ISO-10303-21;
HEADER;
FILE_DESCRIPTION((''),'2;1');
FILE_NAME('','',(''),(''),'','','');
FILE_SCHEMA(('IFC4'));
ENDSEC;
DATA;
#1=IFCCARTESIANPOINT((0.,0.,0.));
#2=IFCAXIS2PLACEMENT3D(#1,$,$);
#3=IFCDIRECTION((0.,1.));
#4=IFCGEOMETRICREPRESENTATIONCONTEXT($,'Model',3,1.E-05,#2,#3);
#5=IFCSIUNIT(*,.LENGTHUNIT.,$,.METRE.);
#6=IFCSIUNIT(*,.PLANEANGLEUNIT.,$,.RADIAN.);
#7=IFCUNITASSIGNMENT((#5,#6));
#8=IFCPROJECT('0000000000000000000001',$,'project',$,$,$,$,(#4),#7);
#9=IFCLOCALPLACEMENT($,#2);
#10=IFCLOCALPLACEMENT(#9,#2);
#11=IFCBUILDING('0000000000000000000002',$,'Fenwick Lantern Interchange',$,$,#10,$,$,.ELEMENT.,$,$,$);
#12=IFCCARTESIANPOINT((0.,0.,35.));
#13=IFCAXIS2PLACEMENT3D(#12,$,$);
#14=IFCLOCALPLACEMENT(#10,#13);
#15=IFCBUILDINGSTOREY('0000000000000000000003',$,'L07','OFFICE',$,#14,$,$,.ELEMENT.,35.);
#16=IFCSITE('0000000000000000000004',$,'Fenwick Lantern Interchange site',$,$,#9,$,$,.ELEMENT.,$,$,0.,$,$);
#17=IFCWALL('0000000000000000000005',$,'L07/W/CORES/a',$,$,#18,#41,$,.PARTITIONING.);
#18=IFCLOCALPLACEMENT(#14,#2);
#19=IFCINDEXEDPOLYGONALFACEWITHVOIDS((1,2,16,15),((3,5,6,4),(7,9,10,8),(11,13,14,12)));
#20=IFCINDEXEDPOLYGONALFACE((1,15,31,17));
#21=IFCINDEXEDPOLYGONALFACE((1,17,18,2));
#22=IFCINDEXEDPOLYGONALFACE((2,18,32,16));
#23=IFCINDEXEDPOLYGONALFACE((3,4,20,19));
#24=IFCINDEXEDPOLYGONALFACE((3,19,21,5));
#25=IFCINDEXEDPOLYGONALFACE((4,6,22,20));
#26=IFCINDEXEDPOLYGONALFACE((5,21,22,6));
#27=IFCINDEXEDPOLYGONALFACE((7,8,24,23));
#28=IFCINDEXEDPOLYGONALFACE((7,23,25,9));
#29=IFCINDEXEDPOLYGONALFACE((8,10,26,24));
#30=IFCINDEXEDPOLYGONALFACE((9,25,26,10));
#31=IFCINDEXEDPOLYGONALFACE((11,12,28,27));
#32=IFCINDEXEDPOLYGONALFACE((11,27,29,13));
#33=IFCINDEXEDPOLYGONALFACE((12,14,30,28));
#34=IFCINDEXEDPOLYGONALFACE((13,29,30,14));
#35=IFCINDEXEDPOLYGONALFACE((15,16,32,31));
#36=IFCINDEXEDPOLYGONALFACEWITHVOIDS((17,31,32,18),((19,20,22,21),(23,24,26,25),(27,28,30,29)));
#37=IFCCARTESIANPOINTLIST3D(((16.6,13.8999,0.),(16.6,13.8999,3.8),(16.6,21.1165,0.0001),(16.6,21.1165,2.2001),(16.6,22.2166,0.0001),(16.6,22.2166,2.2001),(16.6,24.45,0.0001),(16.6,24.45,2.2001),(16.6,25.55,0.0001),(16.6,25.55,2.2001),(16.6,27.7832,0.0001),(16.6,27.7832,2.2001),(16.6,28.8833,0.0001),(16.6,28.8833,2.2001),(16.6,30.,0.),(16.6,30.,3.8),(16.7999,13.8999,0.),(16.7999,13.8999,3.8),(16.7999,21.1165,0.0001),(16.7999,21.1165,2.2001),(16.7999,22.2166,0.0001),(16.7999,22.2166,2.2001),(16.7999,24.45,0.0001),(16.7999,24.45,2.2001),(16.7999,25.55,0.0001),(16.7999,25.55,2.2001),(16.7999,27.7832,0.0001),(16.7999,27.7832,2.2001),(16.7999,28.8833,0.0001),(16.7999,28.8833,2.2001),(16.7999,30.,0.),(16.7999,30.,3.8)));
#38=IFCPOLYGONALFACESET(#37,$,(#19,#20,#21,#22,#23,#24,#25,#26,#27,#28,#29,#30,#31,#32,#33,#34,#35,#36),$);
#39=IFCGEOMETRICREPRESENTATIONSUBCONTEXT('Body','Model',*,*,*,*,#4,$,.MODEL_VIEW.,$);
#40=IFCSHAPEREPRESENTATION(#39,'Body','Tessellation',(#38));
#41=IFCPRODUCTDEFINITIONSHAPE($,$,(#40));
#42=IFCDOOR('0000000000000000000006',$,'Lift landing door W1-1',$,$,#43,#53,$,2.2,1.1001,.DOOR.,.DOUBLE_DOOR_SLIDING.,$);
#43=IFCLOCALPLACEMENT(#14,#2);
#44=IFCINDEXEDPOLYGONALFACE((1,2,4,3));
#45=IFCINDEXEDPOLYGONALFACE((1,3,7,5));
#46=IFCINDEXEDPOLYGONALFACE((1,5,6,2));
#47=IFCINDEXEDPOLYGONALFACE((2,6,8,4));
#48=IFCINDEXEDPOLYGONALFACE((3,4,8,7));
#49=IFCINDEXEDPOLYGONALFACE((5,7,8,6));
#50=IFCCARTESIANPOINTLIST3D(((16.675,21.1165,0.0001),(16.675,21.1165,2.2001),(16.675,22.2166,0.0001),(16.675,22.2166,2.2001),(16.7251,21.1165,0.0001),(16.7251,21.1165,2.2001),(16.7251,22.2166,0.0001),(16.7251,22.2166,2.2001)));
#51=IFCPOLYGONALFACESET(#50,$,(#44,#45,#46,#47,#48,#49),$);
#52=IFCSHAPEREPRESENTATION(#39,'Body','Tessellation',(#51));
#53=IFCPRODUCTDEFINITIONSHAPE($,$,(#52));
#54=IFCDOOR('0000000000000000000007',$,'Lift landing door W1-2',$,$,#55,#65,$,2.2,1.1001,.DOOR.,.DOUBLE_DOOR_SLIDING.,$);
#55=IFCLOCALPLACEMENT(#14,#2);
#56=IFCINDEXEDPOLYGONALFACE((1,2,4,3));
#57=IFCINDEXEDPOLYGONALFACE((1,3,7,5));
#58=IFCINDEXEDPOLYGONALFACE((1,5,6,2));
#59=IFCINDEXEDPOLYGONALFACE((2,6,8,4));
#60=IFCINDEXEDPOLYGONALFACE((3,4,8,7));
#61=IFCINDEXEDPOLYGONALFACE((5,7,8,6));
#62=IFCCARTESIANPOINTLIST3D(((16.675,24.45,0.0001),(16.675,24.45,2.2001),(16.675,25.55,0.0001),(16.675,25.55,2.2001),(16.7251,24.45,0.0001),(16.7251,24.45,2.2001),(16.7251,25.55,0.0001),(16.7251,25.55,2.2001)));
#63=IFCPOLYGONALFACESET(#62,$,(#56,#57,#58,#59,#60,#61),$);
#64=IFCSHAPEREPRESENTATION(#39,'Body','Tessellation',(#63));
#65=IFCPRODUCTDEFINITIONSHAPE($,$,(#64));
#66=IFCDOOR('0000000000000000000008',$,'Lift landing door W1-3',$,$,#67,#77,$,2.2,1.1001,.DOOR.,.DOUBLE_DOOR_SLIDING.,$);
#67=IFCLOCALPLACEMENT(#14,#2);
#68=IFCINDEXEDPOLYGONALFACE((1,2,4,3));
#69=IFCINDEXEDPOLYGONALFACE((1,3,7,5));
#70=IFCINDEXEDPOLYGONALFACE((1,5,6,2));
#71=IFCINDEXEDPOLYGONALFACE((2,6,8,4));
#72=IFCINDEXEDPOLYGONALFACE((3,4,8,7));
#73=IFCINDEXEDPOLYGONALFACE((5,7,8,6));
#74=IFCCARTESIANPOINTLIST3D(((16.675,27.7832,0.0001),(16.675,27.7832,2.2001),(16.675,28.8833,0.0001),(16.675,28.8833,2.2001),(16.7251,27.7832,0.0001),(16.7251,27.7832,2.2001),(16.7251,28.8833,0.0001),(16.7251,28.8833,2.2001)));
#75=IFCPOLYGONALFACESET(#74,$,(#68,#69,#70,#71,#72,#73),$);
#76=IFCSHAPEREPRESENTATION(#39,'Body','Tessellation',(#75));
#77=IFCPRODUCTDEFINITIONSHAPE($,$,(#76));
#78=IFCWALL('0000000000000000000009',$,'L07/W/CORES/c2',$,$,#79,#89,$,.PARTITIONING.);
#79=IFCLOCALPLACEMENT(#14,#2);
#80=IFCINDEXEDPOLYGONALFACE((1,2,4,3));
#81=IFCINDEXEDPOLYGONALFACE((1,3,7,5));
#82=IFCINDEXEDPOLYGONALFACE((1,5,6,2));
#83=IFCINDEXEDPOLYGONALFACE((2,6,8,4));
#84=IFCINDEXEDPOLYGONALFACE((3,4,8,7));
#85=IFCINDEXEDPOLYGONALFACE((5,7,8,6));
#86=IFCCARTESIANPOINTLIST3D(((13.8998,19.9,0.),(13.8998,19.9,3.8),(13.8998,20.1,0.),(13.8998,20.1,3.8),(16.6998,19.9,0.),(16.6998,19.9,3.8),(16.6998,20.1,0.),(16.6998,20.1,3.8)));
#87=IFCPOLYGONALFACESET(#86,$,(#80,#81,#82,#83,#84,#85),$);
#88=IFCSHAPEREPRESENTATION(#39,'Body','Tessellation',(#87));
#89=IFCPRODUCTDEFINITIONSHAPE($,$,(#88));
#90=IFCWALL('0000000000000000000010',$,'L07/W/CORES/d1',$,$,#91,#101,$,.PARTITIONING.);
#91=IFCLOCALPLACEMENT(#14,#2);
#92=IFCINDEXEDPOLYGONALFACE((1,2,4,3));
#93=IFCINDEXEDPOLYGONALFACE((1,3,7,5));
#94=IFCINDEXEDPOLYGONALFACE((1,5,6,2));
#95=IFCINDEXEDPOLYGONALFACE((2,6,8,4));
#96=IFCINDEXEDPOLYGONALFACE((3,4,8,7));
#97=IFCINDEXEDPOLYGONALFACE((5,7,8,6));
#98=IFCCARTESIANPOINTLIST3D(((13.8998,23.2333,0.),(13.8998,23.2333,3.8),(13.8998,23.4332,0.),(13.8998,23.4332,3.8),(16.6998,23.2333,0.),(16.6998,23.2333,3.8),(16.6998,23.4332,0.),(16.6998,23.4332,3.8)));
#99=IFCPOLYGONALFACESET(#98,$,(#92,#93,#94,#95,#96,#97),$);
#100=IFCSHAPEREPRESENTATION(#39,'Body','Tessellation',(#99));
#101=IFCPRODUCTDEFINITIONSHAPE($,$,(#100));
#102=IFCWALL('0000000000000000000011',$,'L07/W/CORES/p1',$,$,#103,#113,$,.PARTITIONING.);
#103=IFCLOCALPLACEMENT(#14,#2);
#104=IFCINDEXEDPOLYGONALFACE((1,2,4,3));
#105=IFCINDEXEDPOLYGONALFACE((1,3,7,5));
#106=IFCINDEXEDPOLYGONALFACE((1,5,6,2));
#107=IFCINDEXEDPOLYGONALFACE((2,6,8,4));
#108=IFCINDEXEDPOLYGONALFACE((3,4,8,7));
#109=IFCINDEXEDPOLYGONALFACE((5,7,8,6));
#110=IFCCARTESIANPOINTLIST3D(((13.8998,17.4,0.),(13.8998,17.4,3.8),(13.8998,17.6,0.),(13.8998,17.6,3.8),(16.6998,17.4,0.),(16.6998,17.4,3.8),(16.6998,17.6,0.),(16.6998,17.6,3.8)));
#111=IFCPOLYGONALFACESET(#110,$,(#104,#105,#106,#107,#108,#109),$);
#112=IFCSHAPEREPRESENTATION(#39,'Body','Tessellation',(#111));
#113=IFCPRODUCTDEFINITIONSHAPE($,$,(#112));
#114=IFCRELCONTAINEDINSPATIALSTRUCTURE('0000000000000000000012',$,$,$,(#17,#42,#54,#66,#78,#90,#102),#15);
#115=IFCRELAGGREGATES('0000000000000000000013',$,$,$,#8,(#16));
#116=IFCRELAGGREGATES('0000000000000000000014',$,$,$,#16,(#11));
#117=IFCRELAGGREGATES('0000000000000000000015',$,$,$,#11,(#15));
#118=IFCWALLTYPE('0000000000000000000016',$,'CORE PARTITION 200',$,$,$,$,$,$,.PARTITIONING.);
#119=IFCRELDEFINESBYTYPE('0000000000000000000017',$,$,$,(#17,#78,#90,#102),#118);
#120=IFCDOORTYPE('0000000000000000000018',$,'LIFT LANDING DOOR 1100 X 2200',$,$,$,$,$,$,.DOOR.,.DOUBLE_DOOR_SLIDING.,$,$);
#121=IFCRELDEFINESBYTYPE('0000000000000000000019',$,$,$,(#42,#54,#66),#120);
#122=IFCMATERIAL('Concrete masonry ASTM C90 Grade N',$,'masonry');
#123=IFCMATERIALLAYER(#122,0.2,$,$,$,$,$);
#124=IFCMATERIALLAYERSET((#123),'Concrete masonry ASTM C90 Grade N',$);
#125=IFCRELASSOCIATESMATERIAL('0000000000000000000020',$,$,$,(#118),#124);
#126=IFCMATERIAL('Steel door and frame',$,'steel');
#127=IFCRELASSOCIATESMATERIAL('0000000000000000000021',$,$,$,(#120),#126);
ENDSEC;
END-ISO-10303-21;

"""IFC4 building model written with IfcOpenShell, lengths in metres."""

from ifc_helpers import new_model, si_unit, direction, frame, frame_2d, origin, place, context, subcontext, project, spatial, rectangle, extrude, material, layer, layer_set, type_object, element, fill, save


model = new_model("IFC4")

# Units and contexts
model_context = context("Model", 3, precision=1e-05, world=origin(), true_north=direction((0.0, 1.0)))
body_context = subcontext(model_context, "Body", "Model", "MODEL_VIEW")
ifc_project = project(units=[si_unit("LENGTHUNIT", "METRE"), si_unit("PLANEANGLEUNIT", "RADIAN")], contexts=[model_context])

# Site, building, storey
site_placement = place(None, origin())
site = spatial("IfcSite", under=ifc_project, at=site_placement, Name="Fenwick Lantern Interchange site", CompositionType="ELEMENT", RefElevation=0.0)
building_placement = place(site_placement, origin())
building = spatial("IfcBuilding", under=site, at=building_placement, Name="Fenwick Lantern Interchange", CompositionType="ELEMENT")
storey_placement = place(building_placement, frame((0.0, 0.0, 35.0)))
storey = spatial("IfcBuildingStorey", under=building, at=storey_placement, Name="L07", Description="OFFICE", CompositionType="ELEMENT", Elevation=35.0)

# Wall, openings, doors
ifc_material_1 = material(Name="Concrete masonry ASTM C90 Grade N", Category="masonry")
ifc_layer_1 = layer(ifc_material_1, 0.2)
ifc_layer_set_1 = layer_set([ifc_layer_1], Name="Concrete masonry ASTM C90 Grade N")
wall_type_1 = type_object("IfcWallType", Name="CORE PARTITION 200", PredefinedType="PARTITIONING", material=ifc_layer_set_1)
wall_1_placement = place(storey_placement, frame((16.7, 13.8999, 0.0), z_axis=(0.0, 0.0, 1.0), x_axis=(0.0, 1.0, 0.0)))
wall_1 = element("IfcWall", 1, at=wall_1_placement, inside=storey, type_object=wall_type_1, Name="L07/W/CORES/a", PredefinedType="PARTITIONING", context=body_context, shape_type="SweptSolid", body=[
    extrude(rectangle(XDim=16.1001, YDim=0.2, at=frame_2d((8.05, 0.0))), origin(), (0.0, 0.0, 1.0), 3.8),
])
opening_1_placement = place(wall_1_placement, frame((7.2166, 0.0, 0.0)))
opening_1 = element("IfcOpeningElement", 2, at=opening_1_placement, cuts=wall_1, PredefinedType="OPENING", context=body_context, shape_type="SweptSolid", body=[
    extrude(rectangle(XDim=1.1001, YDim=2.2, at=frame_2d((0.55, 1.1001))), frame((0.0, 0.1099, 0.0), z_axis=(0.0, -1.0, 0.0), x_axis=(1.0, 0.0, 0.0)), (0.0, 0.0, 1.0), 0.22),
])
opening_2_placement = place(wall_1_placement, frame((10.55, 0.0, 0.0)))
opening_2 = element("IfcOpeningElement", 3, at=opening_2_placement, cuts=wall_1, PredefinedType="OPENING", context=body_context, shape_type="SweptSolid", body=[
    extrude(rectangle(XDim=1.1001, YDim=2.2, at=frame_2d((0.55, 1.1001))), frame((0.0, 0.1099, 0.0), z_axis=(0.0, -1.0, 0.0), x_axis=(1.0, 0.0, 0.0)), (0.0, 0.0, 1.0), 0.22),
])
opening_3_placement = place(wall_1_placement, frame((13.8833, 0.0, 0.0)))
opening_3 = element("IfcOpeningElement", 4, at=opening_3_placement, cuts=wall_1, PredefinedType="OPENING", context=body_context, shape_type="SweptSolid", body=[
    extrude(rectangle(XDim=1.1001, YDim=2.2, at=frame_2d((0.55, 1.1001))), frame((0.0, 0.1099, 0.0), z_axis=(0.0, -1.0, 0.0), x_axis=(1.0, 0.0, 0.0)), (0.0, 0.0, 1.0), 0.22),
])
ifc_material_2 = material(Name="Steel door and frame", Category="steel")
door_type_1 = type_object("IfcDoorType", Name="LIFT LANDING DOOR 1100 X 2200", OperationType="DOUBLE_DOOR_SLIDING", PredefinedType="DOOR", material=ifc_material_2)
door_1_placement = place(opening_1_placement, origin())
door_1 = element("IfcDoor", 5, at=door_1_placement, inside=storey, type_object=door_type_1, Name="Lift landing door W1-1", OperationType="DOUBLE_DOOR_SLIDING", OverallHeight=2.2, OverallWidth=1.1001, PredefinedType="DOOR", context=body_context, shape_type="SweptSolid", body=[
    extrude(rectangle(XDim=1.1001, YDim=2.2, at=frame_2d((0.55, 1.1001))), frame((0.0, 0.0249, 0.0), z_axis=(0.0, -1.0, 0.0), x_axis=(1.0, 0.0, 0.0)), (0.0, 0.0, 1.0), 0.05),
])
fill(opening_1, door_1)
door_2_placement = place(opening_2_placement, origin())
door_2 = element("IfcDoor", 6, at=door_2_placement, inside=storey, type_object=door_type_1, Name="Lift landing door W1-2", OperationType="DOUBLE_DOOR_SLIDING", OverallHeight=2.2, OverallWidth=1.1001, PredefinedType="DOOR", context=body_context, shape_type="SweptSolid", body=[
    extrude(rectangle(XDim=1.1001, YDim=2.2, at=frame_2d((0.55, 1.1001))), frame((0.0, 0.0249, 0.0), z_axis=(0.0, -1.0, 0.0), x_axis=(1.0, 0.0, 0.0)), (0.0, 0.0, 1.0), 0.05),
])
fill(opening_2, door_2)
door_3_placement = place(opening_3_placement, origin())
door_3 = element("IfcDoor", 7, at=door_3_placement, inside=storey, type_object=door_type_1, Name="Lift landing door W1-3", OperationType="DOUBLE_DOOR_SLIDING", OverallHeight=2.2, OverallWidth=1.1001, PredefinedType="DOOR", context=body_context, shape_type="SweptSolid", body=[
    extrude(rectangle(XDim=1.1001, YDim=2.2, at=frame_2d((0.55, 1.1001))), frame((0.0, 0.0249, 0.0), z_axis=(0.0, -1.0, 0.0), x_axis=(1.0, 0.0, 0.0)), (0.0, 0.0, 1.0), 0.05),
])
fill(opening_3, door_3)

# Walls
for number, where, z_axis, x_axis, name in (
    (8, (13.8999, 20.0, 0.0), (0.0, 0.0, 1.0), (1.0, 0.0, 0.0), "L07/W/CORES/c2"),
    (9, (13.8999, 23.3333, 0.0), (0.0, 0.0, 1.0), (1.0, 0.0, 0.0), "L07/W/CORES/d1"),
    (10, (13.8999, 17.5, 0.0), (0.0, 0.0, 1.0), (1.0, 0.0, 0.0), "L07/W/CORES/p1"),
):
    element("IfcWall", number, at=place(storey_placement, frame(where, z_axis=z_axis, x_axis=x_axis)), inside=storey, type_object=wall_type_1, Name=name, PredefinedType="PARTITIONING", context=body_context, shape_type="SweptSolid", body=[
        extrude(rectangle(XDim=2.8, YDim=0.2, at=frame_2d((1.3999, 0.0))), origin(), (0.0, 0.0, 1.0), 3.8),
    ])

save(model, "model.ifc")
